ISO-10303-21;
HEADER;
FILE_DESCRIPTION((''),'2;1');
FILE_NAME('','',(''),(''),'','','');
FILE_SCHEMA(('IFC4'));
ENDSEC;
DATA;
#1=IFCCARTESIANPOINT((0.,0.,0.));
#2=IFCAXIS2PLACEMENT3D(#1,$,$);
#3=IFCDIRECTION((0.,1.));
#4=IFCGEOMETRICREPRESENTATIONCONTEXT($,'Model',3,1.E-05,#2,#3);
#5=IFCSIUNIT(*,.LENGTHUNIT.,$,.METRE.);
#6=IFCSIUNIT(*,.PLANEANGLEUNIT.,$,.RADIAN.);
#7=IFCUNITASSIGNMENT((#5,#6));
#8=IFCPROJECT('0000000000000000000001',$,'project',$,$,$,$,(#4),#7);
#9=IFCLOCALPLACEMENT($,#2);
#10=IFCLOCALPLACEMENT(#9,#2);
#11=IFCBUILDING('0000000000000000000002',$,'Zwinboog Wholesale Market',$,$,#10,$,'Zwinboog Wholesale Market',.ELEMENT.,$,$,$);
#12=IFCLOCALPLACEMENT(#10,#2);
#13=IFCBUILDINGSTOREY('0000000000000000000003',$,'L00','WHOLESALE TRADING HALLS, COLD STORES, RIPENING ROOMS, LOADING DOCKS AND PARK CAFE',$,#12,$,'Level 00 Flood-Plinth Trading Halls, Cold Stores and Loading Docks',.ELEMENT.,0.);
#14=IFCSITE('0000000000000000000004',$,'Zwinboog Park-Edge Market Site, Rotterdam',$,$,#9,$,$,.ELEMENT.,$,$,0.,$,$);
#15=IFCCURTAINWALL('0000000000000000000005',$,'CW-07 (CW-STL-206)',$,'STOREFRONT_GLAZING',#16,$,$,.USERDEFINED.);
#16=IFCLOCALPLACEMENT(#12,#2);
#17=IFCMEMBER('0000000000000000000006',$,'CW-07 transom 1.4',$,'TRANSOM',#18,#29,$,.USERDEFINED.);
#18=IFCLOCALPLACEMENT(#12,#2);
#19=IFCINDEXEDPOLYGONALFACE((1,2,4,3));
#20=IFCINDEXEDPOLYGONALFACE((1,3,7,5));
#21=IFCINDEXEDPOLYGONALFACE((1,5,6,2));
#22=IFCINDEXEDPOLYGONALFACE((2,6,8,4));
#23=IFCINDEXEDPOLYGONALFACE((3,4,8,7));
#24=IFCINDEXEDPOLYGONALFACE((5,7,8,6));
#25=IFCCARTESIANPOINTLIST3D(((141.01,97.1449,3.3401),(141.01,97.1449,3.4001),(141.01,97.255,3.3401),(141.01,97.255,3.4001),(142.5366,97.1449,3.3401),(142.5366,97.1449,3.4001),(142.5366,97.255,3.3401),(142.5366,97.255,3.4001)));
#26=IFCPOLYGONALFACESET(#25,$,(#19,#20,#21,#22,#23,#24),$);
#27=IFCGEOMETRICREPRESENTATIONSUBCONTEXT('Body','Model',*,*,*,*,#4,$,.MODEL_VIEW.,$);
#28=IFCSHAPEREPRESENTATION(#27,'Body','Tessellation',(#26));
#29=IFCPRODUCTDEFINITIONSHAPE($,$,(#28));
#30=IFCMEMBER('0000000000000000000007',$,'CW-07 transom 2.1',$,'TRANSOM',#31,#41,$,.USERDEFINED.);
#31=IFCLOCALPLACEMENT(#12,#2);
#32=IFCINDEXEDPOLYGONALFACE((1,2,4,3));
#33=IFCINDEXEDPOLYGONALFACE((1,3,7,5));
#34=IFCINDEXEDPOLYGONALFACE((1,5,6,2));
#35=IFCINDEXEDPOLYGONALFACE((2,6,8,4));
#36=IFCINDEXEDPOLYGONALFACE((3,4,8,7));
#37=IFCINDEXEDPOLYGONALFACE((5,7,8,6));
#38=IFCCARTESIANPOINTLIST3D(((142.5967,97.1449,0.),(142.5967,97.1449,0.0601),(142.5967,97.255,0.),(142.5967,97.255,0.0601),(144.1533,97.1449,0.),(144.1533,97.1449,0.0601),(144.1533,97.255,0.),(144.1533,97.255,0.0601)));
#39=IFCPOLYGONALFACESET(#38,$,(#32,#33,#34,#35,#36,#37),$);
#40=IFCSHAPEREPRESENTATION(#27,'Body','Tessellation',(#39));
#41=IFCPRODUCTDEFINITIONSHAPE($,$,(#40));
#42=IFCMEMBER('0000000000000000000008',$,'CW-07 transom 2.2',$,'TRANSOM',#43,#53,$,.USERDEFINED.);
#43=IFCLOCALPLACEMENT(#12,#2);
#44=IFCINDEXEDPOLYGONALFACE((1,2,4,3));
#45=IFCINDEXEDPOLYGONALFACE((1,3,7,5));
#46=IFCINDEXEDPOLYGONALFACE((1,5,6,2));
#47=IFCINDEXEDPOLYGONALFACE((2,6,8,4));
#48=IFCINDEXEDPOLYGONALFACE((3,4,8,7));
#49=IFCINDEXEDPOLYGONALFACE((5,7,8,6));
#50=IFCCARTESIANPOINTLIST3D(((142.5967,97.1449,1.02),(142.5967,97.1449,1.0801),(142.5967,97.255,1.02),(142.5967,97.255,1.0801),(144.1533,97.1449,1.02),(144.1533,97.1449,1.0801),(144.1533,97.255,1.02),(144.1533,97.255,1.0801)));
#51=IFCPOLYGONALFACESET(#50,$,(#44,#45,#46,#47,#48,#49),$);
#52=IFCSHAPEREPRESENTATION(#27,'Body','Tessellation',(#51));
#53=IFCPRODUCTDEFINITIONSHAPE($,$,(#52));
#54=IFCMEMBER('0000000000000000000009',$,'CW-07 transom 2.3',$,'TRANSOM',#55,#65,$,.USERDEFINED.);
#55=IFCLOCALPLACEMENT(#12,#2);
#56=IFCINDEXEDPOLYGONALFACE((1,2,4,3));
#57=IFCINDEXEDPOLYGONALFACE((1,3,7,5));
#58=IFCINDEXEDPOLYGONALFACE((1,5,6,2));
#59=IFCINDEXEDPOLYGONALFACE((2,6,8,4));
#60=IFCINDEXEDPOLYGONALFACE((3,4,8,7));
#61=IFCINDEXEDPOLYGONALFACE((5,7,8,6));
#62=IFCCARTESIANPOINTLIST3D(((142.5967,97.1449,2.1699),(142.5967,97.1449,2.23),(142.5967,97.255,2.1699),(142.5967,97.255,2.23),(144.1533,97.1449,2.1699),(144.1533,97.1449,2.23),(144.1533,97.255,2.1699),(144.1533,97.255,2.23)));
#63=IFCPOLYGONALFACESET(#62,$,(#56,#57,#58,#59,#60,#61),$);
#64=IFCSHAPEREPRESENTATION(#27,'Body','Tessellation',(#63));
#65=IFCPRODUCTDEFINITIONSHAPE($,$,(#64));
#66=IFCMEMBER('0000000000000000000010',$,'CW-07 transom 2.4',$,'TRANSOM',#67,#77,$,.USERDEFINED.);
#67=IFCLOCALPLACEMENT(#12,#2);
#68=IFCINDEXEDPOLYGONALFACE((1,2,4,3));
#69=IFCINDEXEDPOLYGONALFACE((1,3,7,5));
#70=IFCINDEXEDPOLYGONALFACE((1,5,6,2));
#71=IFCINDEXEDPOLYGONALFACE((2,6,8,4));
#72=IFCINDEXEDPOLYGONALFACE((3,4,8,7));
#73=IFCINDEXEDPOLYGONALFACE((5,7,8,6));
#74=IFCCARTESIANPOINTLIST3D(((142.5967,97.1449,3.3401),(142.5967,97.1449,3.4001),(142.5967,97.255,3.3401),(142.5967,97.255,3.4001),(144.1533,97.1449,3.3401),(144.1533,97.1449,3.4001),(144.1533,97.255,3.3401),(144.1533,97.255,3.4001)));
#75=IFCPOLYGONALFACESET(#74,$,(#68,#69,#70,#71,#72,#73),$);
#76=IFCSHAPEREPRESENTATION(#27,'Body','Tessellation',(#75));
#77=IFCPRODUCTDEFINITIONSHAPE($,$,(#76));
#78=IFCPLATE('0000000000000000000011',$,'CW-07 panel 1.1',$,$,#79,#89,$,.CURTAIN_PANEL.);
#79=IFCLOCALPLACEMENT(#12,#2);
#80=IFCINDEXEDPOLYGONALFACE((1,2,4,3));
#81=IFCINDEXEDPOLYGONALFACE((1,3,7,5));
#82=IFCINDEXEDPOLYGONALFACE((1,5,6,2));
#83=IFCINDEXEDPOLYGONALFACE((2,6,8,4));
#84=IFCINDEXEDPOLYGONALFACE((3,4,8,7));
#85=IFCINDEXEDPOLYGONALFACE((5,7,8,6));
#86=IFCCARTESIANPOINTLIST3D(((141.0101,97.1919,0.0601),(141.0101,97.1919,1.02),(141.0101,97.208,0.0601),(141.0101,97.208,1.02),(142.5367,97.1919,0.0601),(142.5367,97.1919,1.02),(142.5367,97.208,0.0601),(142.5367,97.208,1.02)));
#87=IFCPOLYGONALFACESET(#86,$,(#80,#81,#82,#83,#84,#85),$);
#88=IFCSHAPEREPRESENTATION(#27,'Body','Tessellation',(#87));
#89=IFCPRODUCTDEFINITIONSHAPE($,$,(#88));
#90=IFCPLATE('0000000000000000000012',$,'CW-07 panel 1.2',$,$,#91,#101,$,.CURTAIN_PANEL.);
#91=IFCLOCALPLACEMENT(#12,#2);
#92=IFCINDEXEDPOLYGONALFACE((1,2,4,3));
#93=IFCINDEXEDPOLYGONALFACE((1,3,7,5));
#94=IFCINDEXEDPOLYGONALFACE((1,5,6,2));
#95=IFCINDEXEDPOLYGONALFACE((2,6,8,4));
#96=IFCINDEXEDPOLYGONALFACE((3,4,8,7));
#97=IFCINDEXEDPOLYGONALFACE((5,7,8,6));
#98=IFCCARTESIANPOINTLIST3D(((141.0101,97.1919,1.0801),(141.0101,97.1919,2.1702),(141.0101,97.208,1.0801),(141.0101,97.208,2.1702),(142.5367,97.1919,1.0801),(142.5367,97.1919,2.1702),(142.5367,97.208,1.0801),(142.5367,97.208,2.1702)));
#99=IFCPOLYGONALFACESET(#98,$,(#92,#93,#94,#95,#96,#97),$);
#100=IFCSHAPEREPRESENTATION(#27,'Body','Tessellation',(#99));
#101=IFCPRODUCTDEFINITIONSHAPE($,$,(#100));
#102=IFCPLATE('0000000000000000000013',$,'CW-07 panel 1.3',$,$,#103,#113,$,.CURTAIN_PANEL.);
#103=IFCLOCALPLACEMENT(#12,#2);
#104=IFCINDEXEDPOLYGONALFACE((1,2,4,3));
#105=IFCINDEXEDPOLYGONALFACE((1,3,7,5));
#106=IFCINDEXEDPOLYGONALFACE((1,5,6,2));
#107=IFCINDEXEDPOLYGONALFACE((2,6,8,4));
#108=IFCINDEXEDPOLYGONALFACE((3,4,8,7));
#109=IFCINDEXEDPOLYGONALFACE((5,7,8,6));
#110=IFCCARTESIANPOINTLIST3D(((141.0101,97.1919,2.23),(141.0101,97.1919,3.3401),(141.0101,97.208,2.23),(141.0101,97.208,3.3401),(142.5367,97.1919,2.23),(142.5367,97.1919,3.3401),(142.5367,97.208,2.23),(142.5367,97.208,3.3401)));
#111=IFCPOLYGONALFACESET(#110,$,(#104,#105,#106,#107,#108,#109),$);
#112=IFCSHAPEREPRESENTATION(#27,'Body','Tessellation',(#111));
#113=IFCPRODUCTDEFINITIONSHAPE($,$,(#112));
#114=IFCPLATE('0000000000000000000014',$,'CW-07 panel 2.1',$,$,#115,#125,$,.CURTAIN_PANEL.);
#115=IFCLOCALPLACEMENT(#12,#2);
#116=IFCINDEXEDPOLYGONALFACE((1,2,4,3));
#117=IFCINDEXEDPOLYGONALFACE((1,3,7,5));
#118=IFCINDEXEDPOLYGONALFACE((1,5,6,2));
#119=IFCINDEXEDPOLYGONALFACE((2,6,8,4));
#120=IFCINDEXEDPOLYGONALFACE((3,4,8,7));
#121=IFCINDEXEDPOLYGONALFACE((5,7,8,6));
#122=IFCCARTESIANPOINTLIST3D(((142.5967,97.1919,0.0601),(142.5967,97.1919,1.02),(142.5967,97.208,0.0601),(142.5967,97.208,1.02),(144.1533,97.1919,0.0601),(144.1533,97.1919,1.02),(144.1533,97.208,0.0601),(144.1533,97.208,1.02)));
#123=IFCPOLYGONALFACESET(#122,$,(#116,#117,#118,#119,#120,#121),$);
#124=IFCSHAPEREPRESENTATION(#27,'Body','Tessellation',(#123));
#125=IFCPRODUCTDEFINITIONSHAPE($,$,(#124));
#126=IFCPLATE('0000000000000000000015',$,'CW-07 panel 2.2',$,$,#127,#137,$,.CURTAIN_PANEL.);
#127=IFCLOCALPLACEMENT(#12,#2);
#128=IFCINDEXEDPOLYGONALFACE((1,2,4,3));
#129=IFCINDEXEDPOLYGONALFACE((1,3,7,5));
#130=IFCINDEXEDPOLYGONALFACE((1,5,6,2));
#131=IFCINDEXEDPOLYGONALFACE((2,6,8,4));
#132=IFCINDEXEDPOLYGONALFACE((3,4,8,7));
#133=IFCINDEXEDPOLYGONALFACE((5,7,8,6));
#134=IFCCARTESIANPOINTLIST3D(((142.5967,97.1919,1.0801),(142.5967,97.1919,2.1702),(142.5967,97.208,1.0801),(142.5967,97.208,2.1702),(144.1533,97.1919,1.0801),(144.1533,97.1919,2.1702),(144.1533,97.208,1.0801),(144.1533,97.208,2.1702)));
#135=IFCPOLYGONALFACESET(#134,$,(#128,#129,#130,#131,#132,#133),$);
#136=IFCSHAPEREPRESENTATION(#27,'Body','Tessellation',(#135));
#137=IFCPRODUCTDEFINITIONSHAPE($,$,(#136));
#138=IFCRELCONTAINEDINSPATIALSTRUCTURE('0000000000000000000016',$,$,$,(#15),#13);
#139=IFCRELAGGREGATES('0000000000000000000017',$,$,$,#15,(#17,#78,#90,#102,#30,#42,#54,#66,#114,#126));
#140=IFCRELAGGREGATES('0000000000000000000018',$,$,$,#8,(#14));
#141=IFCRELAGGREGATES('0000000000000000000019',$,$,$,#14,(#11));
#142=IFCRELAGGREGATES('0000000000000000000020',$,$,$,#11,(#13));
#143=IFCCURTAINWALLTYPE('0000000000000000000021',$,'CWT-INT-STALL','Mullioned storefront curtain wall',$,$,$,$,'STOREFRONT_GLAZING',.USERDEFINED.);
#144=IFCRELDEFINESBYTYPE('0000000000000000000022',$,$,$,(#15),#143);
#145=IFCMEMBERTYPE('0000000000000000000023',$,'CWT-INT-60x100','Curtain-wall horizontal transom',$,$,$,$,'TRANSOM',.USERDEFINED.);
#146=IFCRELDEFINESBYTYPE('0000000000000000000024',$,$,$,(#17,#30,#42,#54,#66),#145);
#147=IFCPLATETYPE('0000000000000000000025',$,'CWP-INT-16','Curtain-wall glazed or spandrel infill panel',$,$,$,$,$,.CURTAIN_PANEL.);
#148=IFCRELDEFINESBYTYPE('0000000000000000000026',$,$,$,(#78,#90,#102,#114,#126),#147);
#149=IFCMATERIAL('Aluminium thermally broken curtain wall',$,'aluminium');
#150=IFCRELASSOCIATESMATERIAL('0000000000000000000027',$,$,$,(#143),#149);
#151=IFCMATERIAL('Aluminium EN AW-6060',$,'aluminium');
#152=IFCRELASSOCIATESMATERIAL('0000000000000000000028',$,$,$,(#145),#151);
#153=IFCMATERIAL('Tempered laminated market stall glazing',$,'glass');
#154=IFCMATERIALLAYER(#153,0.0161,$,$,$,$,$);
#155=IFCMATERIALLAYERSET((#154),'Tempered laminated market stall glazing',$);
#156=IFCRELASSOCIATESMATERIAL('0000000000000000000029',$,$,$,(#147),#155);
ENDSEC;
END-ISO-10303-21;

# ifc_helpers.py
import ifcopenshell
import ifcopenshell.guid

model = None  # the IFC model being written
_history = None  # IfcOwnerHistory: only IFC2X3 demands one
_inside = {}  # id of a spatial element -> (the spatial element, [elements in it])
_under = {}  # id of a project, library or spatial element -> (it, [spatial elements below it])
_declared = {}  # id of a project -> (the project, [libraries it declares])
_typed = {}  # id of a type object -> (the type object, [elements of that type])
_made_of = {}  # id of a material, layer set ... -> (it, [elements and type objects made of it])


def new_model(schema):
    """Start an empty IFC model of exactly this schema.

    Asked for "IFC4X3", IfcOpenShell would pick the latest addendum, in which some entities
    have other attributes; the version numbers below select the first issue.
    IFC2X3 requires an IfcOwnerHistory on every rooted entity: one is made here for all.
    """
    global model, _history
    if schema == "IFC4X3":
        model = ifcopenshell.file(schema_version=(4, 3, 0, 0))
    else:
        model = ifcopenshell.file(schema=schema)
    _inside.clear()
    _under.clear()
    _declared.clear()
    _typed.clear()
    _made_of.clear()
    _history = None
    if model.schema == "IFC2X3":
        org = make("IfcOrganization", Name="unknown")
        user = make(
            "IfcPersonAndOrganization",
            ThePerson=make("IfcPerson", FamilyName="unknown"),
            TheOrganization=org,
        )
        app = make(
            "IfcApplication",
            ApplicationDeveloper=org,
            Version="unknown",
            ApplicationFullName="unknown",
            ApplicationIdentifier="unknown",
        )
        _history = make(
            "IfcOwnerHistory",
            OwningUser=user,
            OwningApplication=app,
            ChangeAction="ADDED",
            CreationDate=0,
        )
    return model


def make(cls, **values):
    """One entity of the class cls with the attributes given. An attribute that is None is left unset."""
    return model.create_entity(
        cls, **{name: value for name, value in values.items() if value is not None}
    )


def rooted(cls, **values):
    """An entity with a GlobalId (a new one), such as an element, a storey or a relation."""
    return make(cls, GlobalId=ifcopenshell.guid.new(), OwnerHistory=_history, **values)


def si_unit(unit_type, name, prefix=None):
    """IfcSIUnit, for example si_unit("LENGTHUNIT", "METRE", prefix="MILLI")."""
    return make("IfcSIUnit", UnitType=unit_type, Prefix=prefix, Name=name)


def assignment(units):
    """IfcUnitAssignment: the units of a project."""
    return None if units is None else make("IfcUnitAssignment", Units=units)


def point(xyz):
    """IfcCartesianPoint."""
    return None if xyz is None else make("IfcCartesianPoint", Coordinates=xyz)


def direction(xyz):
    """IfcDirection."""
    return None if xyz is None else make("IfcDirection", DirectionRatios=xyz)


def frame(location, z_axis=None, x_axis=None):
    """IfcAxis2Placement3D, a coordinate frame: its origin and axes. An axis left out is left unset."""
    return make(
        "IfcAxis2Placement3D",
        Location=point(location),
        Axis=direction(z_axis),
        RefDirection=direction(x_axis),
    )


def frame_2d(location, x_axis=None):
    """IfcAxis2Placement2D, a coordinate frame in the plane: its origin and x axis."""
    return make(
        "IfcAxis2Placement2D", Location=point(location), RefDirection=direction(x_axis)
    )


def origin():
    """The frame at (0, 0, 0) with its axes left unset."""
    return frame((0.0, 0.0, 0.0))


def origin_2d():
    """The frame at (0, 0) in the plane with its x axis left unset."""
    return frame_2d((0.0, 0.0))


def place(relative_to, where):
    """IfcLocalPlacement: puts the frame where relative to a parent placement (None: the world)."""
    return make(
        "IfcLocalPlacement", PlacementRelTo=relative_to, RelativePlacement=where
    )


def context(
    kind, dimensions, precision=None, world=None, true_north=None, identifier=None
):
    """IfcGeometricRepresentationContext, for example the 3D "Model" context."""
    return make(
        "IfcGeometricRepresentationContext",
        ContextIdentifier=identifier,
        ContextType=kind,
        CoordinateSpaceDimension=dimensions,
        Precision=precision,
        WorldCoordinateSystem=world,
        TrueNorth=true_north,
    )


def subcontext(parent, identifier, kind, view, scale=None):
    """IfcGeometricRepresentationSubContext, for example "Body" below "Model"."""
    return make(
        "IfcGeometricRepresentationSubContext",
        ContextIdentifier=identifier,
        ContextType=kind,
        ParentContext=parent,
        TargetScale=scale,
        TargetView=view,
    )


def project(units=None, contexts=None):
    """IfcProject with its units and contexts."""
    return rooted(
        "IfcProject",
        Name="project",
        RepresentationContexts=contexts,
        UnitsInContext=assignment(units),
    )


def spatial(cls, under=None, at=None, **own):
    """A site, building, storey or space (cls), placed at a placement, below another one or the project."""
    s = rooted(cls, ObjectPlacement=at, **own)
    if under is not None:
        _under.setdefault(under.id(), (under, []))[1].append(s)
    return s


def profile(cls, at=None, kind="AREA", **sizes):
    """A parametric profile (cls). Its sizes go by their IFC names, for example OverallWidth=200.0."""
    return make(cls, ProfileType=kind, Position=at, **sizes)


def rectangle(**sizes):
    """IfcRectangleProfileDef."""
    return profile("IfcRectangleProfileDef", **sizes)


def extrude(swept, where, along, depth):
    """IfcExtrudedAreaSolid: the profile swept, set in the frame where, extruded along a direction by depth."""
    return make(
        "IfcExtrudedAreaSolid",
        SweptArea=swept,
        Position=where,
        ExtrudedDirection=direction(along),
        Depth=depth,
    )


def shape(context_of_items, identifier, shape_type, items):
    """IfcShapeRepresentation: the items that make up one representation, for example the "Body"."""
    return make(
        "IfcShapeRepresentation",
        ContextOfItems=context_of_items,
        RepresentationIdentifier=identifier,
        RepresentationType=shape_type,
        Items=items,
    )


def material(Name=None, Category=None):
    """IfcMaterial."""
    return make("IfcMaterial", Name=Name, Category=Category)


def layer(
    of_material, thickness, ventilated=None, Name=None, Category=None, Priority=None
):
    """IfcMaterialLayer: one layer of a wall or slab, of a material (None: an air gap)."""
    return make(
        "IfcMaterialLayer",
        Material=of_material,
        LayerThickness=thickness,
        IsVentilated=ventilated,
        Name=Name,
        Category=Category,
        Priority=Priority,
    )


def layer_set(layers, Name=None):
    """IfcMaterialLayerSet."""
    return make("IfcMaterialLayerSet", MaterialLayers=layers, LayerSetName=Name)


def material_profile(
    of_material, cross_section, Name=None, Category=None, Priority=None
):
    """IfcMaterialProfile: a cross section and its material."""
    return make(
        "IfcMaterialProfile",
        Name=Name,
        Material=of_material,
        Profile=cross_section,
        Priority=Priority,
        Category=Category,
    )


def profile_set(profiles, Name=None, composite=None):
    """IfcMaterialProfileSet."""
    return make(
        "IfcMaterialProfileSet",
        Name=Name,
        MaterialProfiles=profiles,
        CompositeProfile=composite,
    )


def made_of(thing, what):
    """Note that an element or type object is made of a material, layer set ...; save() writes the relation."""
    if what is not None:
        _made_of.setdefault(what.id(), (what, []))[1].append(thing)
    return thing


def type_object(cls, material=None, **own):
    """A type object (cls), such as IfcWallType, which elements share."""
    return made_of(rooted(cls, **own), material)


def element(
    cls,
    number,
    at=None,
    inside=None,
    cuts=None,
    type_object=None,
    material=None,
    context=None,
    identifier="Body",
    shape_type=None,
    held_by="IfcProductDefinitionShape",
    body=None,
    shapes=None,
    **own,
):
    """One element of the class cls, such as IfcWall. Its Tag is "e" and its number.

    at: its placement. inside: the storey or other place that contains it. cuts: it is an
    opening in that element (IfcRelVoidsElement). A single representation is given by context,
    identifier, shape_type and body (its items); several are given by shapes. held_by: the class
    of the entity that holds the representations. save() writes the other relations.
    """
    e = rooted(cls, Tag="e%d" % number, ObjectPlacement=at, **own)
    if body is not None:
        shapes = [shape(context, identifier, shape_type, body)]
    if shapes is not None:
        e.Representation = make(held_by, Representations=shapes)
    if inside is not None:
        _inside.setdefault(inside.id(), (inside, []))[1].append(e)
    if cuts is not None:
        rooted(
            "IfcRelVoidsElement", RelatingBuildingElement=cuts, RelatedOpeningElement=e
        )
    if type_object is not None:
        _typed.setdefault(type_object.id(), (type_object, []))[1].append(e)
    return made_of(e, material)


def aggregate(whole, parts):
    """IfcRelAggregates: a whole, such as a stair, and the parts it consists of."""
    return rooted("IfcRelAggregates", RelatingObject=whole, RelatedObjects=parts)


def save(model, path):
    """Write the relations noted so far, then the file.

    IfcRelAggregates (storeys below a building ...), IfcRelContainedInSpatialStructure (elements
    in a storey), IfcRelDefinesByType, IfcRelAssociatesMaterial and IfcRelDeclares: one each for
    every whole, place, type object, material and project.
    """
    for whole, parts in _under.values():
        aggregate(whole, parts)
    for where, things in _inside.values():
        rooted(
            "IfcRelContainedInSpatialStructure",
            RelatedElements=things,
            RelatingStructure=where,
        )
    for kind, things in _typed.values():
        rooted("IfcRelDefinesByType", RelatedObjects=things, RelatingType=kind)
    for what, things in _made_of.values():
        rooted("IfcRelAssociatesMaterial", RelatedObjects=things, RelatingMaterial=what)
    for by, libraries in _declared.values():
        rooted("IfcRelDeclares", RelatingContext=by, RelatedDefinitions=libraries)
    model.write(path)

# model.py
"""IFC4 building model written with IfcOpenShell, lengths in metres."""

from ifc_helpers import new_model, si_unit, direction, frame, origin, origin_2d, place, context, subcontext, project, spatial, rectangle, extrude, material, layer, layer_set, material_profile, profile_set, type_object, element, aggregate, save


model = new_model("IFC4")

# Units and contexts
model_context = context("Model", 3, precision=1e-05, world=origin(), true_north=direction((0.0, 1.0)))
body_context = subcontext(model_context, "Body", "Model", "MODEL_VIEW")
ifc_project = project(units=[si_unit("LENGTHUNIT", "METRE"), si_unit("PLANEANGLEUNIT", "RADIAN")], contexts=[model_context])

# Site, building, storey
site_placement = place(None, origin())
site = spatial("IfcSite", under=ifc_project, at=site_placement, Name="Zwinboog Park-Edge Market Site, Rotterdam", CompositionType="ELEMENT", RefElevation=0.0)
building_placement = place(site_placement, origin())
building = spatial("IfcBuilding", under=site, at=building_placement, Name="Zwinboog Wholesale Market", LongName="Zwinboog Wholesale Market", CompositionType="ELEMENT")
storey_placement = place(building_placement, origin())
storey = spatial("IfcBuildingStorey", under=building, at=storey_placement, Name="L00", Description="WHOLESALE TRADING HALLS, COLD STORES, RIPENING ROOMS, LOADING DOCKS AND PARK CAFE", LongName="Level 00 Flood-Plinth Trading Halls, Cold Stores and Loading Docks", CompositionType="ELEMENT", Elevation=0.0)

# Curtain wall, members, plates
ifc_material_1 = material(Name="Aluminium thermally broken curtain wall", Category="aluminium")
curtain_wall_type = type_object("IfcCurtainWallType", Name="CWT-INT-STALL", Description="Mullioned storefront curtain wall", ElementType="STOREFRONT_GLAZING", PredefinedType="USERDEFINED", material=ifc_material_1)
curtain_wall_placement = place(storey_placement, origin())
curtain_wall = element("IfcCurtainWall", 1, at=curtain_wall_placement, inside=storey, type_object=curtain_wall_type, Name="CW-07 (CW-STL-206)", ObjectType="STOREFRONT_GLAZING", PredefinedType="USERDEFINED")
ifc_material_2 = material(Name="Aluminium EN AW-6060", Category="aluminium")
ifc_material_profile_1 = material_profile(ifc_material_2, rectangle(XDim=0.1101, YDim=0.0601, at=origin_2d()), Name="AL 60x110")
ifc_profile_set_1 = profile_set([ifc_material_profile_1], Name="Aluminium EN AW-6060")
member_type_1 = type_object("IfcMemberType", Name="CWT-INT-60x100", Description="Curtain-wall horizontal transom", ElementType="TRANSOM", PredefinedType="USERDEFINED", material=ifc_profile_set_1)
member_1_placement = place(storey_placement, frame((141.01, 97.2, 3.3701), z_axis=(1.0, 0.0, 0.0), x_axis=(0.0, 1.0, 0.0)))
member_1 = element("IfcMember", 2, at=member_1_placement, type_object=member_type_1, Name="CW-07 transom 1.4", ObjectType="TRANSOM", PredefinedType="USERDEFINED", context=body_context, shape_type="SweptSolid", body=[
    extrude(rectangle(XDim=0.1101, YDim=0.0601, at=origin_2d()), origin(), (0.0, 0.0, 1.0), 1.5266),
])
member_2_placement = place(storey_placement, frame((142.5967, 97.2, 0.03), z_axis=(1.0, 0.0, 0.0), x_axis=(0.0, 1.0, 0.0)))
member_2 = element("IfcMember", 3, at=member_2_placement, type_object=member_type_1, Name="CW-07 transom 2.1", ObjectType="TRANSOM", PredefinedType="USERDEFINED", context=body_context, shape_type="SweptSolid", body=[
    extrude(rectangle(XDim=0.1101, YDim=0.0601, at=origin_2d()), origin(), (0.0, 0.0, 1.0), 1.5566),
])
member_3_placement = place(storey_placement, frame((142.5967, 97.2, 1.05), z_axis=(1.0, 0.0, 0.0), x_axis=(0.0, 1.0, 0.0)))
member_3 = element("IfcMember", 4, at=member_3_placement, type_object=member_type_1, Name="CW-07 transom 2.2", ObjectType="TRANSOM", PredefinedType="USERDEFINED", context=body_context, shape_type="SweptSolid", body=[
    extrude(rectangle(XDim=0.1101, YDim=0.0601, at=origin_2d()), origin(), (0.0, 0.0, 1.0), 1.5566),
])
member_4_placement = place(storey_placement, frame((142.5967, 97.2, 2.2), z_axis=(1.0, 0.0, 0.0), x_axis=(0.0, 1.0, 0.0)))
member_4 = element("IfcMember", 5, at=member_4_placement, type_object=member_type_1, Name="CW-07 transom 2.3", ObjectType="TRANSOM", PredefinedType="USERDEFINED", context=body_context, shape_type="SweptSolid", body=[
    extrude(rectangle(XDim=0.1101, YDim=0.0601, at=origin_2d()), origin(), (0.0, 0.0, 1.0), 1.5566),
])
member_5_placement = place(storey_placement, frame((142.5967, 97.2, 3.3701), z_axis=(1.0, 0.0, 0.0), x_axis=(0.0, 1.0, 0.0)))
member_5 = element("IfcMember", 6, at=member_5_placement, type_object=member_type_1, Name="CW-07 transom 2.4", ObjectType="TRANSOM", PredefinedType="USERDEFINED", context=body_context, shape_type="SweptSolid", body=[
    extrude(rectangle(XDim=0.1101, YDim=0.0601, at=origin_2d()), origin(), (0.0, 0.0, 1.0), 1.5566),
])
ifc_material_3 = material(Name="Tempered laminated market stall glazing", Category="glass")
ifc_layer = layer(ifc_material_3, 0.0161)
ifc_layer_set = layer_set([ifc_layer], Name="Tempered laminated market stall glazing")
plate_type = type_object("IfcPlateType", Name="CWP-INT-16", Description="Curtain-wall glazed or spandrel infill panel", PredefinedType="CURTAIN_PANEL", material=ifc_layer_set)
plate_1_placement = place(storey_placement, frame((141.7734, 97.2, 0.0601), z_axis=(0.0, 0.0, 1.0), x_axis=(1.0, 0.0, 0.0)))
plate_1 = element("IfcPlate", 7, at=plate_1_placement, type_object=plate_type, Name="CW-07 panel 1.1", PredefinedType="CURTAIN_PANEL", context=body_context, shape_type="SweptSolid", body=[
    extrude(rectangle(XDim=1.5266, YDim=0.0161, at=origin_2d()), origin(), (0.0, 0.0, 1.0), 0.96),
])
plate_2_placement = place(storey_placement, frame((141.7734, 97.2, 1.0801), z_axis=(0.0, 0.0, 1.0), x_axis=(1.0, 0.0, 0.0)))
plate_2 = element("IfcPlate", 8, at=plate_2_placement, type_object=plate_type, Name="CW-07 panel 1.2", PredefinedType="CURTAIN_PANEL", context=body_context, shape_type="SweptSolid", body=[
    extrude(rectangle(XDim=1.5266, YDim=0.0161, at=origin_2d()), origin(), (0.0, 0.0, 1.0), 1.0901),
])
plate_3_placement = place(storey_placement, frame((141.7734, 97.2, 2.23), z_axis=(0.0, 0.0, 1.0), x_axis=(1.0, 0.0, 0.0)))
plate_3 = element("IfcPlate", 9, at=plate_3_placement, type_object=plate_type, Name="CW-07 panel 1.3", PredefinedType="CURTAIN_PANEL", context=body_context, shape_type="SweptSolid", body=[
    extrude(rectangle(XDim=1.5266, YDim=0.0161, at=origin_2d()), origin(), (0.0, 0.0, 1.0), 1.1101),
])
plate_4_placement = place(storey_placement, frame((143.375, 97.2, 0.0601), z_axis=(0.0, 0.0, 1.0), x_axis=(1.0, 0.0, 0.0)))
plate_4 = element("IfcPlate", 10, at=plate_4_placement, type_object=plate_type, Name="CW-07 panel 2.1", PredefinedType="CURTAIN_PANEL", context=body_context, shape_type="SweptSolid", body=[
    extrude(rectangle(XDim=1.5566, YDim=0.0161, at=origin_2d()), origin(), (0.0, 0.0, 1.0), 0.96),
])
plate_5_placement = place(storey_placement, frame((143.375, 97.2, 1.0801), z_axis=(0.0, 0.0, 1.0), x_axis=(1.0, 0.0, 0.0)))
plate_5 = element("IfcPlate", 11, at=plate_5_placement, type_object=plate_type, Name="CW-07 panel 2.2", PredefinedType="CURTAIN_PANEL", context=body_context, shape_type="SweptSolid", body=[
    extrude(rectangle(XDim=1.5566, YDim=0.0161, at=origin_2d()), origin(), (0.0, 0.0, 1.0), 1.0901),
])
aggregate(curtain_wall, [member_1, plate_1, plate_2, plate_3, member_2, member_3, member_4, member_5, plate_4, plate_5])

save(model, "model.ifc")
